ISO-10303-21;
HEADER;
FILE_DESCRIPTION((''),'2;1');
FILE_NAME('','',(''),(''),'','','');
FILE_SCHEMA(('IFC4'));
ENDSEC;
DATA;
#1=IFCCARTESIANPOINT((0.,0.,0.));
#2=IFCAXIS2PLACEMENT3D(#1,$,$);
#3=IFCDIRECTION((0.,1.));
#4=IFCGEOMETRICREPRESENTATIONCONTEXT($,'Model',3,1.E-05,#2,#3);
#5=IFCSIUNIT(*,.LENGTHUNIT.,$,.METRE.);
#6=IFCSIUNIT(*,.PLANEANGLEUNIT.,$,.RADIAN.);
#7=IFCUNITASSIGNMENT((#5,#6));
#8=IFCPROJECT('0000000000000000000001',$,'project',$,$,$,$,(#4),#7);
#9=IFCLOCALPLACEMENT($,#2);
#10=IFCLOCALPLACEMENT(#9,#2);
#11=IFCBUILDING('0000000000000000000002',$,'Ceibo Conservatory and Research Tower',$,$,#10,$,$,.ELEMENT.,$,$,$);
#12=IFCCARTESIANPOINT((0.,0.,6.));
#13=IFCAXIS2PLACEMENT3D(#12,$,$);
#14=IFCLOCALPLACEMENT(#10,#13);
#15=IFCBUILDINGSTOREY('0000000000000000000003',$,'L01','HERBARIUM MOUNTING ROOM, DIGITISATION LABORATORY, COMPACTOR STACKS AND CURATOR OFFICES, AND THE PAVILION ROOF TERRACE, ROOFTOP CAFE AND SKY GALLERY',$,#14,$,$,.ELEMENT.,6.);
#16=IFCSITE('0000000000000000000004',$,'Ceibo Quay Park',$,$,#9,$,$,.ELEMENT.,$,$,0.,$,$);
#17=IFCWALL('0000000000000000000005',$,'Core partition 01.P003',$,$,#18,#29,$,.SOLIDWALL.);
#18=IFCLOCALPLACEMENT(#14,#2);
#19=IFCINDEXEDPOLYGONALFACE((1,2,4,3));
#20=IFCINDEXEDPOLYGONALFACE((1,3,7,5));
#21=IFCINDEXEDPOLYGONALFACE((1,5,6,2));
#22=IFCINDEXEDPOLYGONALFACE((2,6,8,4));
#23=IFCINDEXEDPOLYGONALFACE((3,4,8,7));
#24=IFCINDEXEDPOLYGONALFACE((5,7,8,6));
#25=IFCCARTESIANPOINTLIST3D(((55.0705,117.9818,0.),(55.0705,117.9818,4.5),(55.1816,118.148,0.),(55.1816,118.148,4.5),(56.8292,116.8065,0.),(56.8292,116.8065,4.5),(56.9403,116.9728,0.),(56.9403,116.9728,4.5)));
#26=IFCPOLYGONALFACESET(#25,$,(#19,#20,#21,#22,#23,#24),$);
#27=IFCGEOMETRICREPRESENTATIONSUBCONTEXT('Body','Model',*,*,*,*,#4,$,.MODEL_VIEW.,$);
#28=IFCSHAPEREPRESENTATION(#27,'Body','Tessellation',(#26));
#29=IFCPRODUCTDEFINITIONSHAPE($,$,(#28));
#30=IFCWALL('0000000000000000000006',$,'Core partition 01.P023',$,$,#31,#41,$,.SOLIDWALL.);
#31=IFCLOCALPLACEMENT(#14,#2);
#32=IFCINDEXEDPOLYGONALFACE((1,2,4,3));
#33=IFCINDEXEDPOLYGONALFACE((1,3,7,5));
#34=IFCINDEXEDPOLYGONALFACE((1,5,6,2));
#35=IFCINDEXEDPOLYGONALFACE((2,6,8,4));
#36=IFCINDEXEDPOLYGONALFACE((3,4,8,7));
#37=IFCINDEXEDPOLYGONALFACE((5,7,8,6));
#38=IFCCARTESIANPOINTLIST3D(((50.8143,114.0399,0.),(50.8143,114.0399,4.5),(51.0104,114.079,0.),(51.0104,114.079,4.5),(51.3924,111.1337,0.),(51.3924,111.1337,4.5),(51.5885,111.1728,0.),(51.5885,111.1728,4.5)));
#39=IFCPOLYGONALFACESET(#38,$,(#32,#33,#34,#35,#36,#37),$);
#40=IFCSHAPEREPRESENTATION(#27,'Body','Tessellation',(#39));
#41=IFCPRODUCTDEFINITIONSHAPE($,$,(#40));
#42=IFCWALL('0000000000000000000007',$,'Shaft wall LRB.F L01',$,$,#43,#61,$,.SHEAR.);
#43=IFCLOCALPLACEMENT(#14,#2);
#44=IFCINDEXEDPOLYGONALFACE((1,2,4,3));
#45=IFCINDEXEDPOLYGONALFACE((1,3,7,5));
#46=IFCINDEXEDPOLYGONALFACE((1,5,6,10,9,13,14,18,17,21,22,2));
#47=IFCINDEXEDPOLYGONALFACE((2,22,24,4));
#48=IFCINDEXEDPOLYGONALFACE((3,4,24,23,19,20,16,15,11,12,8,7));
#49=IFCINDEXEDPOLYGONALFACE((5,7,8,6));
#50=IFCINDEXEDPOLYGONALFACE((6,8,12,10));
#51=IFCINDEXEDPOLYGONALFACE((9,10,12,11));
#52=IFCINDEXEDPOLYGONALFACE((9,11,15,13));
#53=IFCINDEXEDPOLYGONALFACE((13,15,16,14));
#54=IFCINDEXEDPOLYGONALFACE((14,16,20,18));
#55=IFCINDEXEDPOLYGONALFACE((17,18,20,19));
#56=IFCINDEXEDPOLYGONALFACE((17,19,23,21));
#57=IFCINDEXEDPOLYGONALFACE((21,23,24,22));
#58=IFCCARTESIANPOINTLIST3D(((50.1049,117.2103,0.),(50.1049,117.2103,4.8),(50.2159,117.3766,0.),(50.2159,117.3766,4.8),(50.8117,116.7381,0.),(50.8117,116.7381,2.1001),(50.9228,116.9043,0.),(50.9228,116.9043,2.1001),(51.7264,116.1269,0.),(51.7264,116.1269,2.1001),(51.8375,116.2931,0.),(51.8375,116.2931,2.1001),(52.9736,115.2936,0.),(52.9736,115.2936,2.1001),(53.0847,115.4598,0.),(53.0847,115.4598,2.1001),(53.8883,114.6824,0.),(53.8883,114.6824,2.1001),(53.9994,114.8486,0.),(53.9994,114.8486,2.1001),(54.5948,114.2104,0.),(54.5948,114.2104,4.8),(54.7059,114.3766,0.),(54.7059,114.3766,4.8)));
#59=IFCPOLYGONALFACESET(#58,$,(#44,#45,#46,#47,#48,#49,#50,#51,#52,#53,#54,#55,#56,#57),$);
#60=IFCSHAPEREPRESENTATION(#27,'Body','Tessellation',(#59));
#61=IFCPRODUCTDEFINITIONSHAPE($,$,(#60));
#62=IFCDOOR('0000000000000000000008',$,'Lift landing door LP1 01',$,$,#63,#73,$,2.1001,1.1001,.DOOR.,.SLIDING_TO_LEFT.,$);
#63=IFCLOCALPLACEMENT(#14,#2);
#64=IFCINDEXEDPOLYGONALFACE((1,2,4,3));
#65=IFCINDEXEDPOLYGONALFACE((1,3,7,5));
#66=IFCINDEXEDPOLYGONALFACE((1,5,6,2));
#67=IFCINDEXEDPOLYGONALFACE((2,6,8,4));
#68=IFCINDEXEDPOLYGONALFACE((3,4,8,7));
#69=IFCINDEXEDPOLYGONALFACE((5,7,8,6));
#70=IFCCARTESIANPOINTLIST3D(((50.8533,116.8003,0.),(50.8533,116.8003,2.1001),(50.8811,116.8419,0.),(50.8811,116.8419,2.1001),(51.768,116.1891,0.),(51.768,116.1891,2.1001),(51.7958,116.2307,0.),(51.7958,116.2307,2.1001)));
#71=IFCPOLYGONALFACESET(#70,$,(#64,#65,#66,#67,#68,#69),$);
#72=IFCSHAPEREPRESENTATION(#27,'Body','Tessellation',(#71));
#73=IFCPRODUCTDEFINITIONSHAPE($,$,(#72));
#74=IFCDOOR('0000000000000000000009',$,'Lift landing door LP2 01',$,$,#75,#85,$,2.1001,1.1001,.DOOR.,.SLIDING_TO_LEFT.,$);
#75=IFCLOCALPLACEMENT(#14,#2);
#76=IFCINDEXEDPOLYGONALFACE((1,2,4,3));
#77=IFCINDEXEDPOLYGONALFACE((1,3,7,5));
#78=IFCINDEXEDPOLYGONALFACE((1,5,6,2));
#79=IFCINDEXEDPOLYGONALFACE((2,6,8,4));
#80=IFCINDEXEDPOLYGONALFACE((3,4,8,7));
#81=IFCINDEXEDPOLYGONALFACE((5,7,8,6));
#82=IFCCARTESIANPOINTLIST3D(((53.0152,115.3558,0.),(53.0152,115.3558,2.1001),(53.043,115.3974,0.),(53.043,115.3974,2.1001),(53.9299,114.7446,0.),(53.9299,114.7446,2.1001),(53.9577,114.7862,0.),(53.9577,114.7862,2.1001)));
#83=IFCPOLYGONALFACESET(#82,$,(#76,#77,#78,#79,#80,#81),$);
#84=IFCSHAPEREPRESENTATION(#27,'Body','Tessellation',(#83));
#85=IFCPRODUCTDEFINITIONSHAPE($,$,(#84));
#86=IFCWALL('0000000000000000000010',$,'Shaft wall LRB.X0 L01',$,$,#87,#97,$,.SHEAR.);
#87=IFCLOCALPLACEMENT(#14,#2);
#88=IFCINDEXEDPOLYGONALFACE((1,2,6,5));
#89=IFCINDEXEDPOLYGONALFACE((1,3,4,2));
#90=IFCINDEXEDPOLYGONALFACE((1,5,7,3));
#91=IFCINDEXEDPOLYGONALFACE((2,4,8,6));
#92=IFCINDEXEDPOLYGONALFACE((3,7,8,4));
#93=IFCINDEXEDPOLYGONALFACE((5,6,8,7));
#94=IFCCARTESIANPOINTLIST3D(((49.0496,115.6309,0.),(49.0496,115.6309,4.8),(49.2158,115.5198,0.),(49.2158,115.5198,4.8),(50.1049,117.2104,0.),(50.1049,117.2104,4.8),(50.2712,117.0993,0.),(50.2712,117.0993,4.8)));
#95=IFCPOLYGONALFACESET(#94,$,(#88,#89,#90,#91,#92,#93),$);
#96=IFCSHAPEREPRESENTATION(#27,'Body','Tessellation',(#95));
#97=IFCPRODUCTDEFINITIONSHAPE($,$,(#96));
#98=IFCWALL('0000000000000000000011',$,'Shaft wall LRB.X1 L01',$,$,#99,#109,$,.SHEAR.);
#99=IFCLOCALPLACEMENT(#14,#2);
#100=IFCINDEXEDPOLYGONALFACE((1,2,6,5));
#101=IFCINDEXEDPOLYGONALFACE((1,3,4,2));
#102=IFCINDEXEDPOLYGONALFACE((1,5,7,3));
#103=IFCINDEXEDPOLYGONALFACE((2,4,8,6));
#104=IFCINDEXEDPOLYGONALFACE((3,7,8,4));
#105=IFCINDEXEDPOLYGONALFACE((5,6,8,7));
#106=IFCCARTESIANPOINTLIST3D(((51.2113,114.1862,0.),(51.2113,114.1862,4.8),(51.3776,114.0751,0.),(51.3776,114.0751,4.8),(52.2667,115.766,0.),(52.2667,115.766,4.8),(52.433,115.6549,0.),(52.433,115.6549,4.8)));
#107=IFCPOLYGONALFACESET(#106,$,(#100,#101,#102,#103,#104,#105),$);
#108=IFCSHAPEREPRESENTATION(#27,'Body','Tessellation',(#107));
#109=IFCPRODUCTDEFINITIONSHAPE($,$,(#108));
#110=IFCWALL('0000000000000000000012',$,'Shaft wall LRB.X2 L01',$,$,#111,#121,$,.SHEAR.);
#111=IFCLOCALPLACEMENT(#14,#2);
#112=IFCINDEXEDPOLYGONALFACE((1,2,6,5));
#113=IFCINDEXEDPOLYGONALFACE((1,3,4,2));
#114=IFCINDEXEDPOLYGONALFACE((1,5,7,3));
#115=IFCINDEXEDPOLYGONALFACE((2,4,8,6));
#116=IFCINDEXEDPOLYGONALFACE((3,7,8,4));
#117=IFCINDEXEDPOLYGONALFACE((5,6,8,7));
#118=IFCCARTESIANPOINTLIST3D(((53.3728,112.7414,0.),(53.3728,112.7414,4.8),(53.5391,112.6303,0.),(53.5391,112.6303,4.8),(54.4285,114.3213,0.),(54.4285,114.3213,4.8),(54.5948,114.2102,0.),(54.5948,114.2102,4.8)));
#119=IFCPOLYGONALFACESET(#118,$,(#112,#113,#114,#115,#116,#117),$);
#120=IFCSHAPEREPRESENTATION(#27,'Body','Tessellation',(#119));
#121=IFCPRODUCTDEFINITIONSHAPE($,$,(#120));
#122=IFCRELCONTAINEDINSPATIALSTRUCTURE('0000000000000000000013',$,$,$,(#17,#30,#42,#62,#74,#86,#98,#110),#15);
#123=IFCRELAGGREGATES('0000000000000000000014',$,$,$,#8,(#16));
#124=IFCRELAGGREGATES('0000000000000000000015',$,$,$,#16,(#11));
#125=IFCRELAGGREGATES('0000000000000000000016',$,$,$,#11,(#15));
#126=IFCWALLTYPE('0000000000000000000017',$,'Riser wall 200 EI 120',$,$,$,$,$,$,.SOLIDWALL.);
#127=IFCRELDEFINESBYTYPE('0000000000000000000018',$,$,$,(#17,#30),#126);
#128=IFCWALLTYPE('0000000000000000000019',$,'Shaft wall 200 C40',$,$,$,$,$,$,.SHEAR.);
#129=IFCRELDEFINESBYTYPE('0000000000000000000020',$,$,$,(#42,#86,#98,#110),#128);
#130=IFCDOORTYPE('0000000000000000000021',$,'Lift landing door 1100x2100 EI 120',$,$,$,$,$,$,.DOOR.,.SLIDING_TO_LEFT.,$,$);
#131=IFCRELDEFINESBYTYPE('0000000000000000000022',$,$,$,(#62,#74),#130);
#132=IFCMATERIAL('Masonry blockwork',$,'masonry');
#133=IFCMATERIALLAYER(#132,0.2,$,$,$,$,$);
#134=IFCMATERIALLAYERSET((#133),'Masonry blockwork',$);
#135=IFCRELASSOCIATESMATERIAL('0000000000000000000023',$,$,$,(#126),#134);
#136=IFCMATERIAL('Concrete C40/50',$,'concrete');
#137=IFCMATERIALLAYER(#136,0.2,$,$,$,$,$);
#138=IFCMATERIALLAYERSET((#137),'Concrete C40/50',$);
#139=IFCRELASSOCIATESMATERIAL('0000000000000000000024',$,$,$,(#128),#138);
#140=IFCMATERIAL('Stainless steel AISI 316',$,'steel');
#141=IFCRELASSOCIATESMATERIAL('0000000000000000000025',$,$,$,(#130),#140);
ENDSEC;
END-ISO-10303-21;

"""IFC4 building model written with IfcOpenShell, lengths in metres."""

from ifc_helpers import new_model, si_unit, direction, frame, frame_2d, origin, place, context, subcontext, project, spatial, rectangle, extrude, material, layer, layer_set, type_object, element, fill, save


model = new_model("IFC4")

# Units and contexts
model_context = context("Model", 3, precision=1e-05, world=origin(), true_north=direction((0.0, 1.0)))
body_context = subcontext(model_context, "Body", "Model", "MODEL_VIEW")
ifc_project = project(units=[si_unit("LENGTHUNIT", "METRE"), si_unit("PLANEANGLEUNIT", "RADIAN")], contexts=[model_context])

# Site, building, storey
site_placement = place(None, origin())
site = spatial("IfcSite", under=ifc_project, at=site_placement, Name="Ceibo Quay Park", CompositionType="ELEMENT", RefElevation=0.0)
building_placement = place(site_placement, origin())
building = spatial("IfcBuilding", under=site, at=building_placement, Name="Ceibo Conservatory and Research Tower", CompositionType="ELEMENT")
storey_placement = place(building_placement, frame((0.0, 0.0, 6.0)))
storey = spatial("IfcBuildingStorey", under=building, at=storey_placement, Name="L01", Description="HERBARIUM MOUNTING ROOM, DIGITISATION LABORATORY, COMPACTOR STACKS AND CURATOR OFFICES, AND THE PAVILION ROOF TERRACE, ROOFTOP CAFE AND SKY GALLERY", CompositionType="ELEMENT", Elevation=6.0)

# Shared definitions
ifc_material_1 = material(Name="Concrete C40/50", Category="concrete")

# Walls
ifc_material_2 = material(Name="Masonry blockwork", Category="masonry")
ifc_layer_1 = layer(ifc_material_2, 0.2)
ifc_layer_set_1 = layer_set([ifc_layer_1], Name="Masonry blockwork")
wall_type_1 = type_object("IfcWallType", Name="Riser wall 200 EI 120", PredefinedType="SOLIDWALL", material=ifc_layer_set_1)
wall_1_placement = place(storey_placement, frame((56.8848, 116.8896, 0.0), z_axis=(0.0, 0.0, 1.0), x_axis=(-0.831446, 0.555605, 0.0)))
element("IfcWall", 1, at=wall_1_placement, inside=storey, type_object=wall_type_1, Name="Core partition 01.P003", PredefinedType="SOLIDWALL", context=body_context, shape_type="SweptSolid", body=[
    extrude(rectangle(XDim=2.1152, YDim=0.2, at=frame_2d((1.0576, 0.0))), origin(), (0.0, 0.0, 1.0), 4.5),
])
wall_2_placement = place(storey_placement, frame((50.9124, 114.0593, 0.0), z_axis=(0.0, 0.0, 1.0), x_axis=(0.195102, -0.980783, 0.0)))
element("IfcWall", 2, at=wall_2_placement, inside=storey, type_object=wall_type_1, Name="Core partition 01.P023", PredefinedType="SOLIDWALL", context=body_context, shape_type="SweptSolid", body=[
    extrude(rectangle(XDim=2.9631, YDim=0.2, at=frame_2d((1.4814, 0.0))), origin(), (0.0, 0.0, 1.0), 4.5),
])

# Wall, openings, doors
ifc_layer_2 = layer(ifc_material_1, 0.2)
ifc_layer_set_2 = layer_set([ifc_layer_2], Name="Concrete C40/50")
wall_type_2 = type_object("IfcWallType", Name="Shaft wall 200 C40", PredefinedType="SHEAR", material=ifc_layer_set_2)
wall_3_placement = place(storey_placement, frame((50.1604, 117.2935, 0.0), z_axis=(0.0, 0.0, 1.0), x_axis=(0.831479, -0.555555, 0.0)))
wall_3 = element("IfcWall", 3, at=wall_3_placement, inside=storey, type_object=wall_type_2, Name="Shaft wall LRB.F L01", PredefinedType="SHEAR", context=body_context, shape_type="SweptSolid", body=[
    extrude(rectangle(XDim=5.3999, YDim=0.2, at=frame_2d((2.7, 0.0))), origin(), (0.0, 0.0, 1.0), 4.8),
])
opening_1_placement = place(wall_3_placement, frame((0.8501, 0.0, 0.0)))
opening_1 = element("IfcOpeningElement", 4, at=opening_1_placement, cuts=wall_3, PredefinedType="OPENING", context=body_context, shape_type="SweptSolid", body=[
    extrude(rectangle(XDim=1.1001, YDim=2.1001, at=frame_2d((0.55, 1.05))), frame((0.0, 0.1099, 0.0), z_axis=(0.0, -1.0, 0.0), x_axis=(1.0, 0.0, 0.0)), (0.0, 0.0, 1.0), 0.22),
])
opening_2_placement = place(wall_3_placement, frame((3.4502, 0.0, 0.0)))
opening_2 = element("IfcOpeningElement", 5, at=opening_2_placement, cuts=wall_3, PredefinedType="OPENING", context=body_context, shape_type="SweptSolid", body=[
    extrude(rectangle(XDim=1.1001, YDim=2.1001, at=frame_2d((0.55, 1.05))), frame((0.0, 0.1099, 0.0), z_axis=(0.0, -1.0, 0.0), x_axis=(1.0, 0.0, 0.0)), (0.0, 0.0, 1.0), 0.22),
])
ifc_material_3 = material(Name="Stainless steel AISI 316", Category="steel")
door_type_1 = type_object("IfcDoorType", Name="Lift landing door 1100x2100 EI 120", OperationType="SLIDING_TO_LEFT", PredefinedType="DOOR", material=ifc_material_3)
door_1_placement = place(opening_1_placement, origin())
door_1 = element("IfcDoor", 6, at=door_1_placement, inside=storey, type_object=door_type_1, Name="Lift landing door LP1 01", OperationType="SLIDING_TO_LEFT", OverallHeight=2.1001, OverallWidth=1.1001, PredefinedType="DOOR", context=body_context, shape_type="SweptSolid", body=[
    extrude(rectangle(XDim=1.1001, YDim=2.1001, at=frame_2d((0.55, 1.05))), frame((0.0, 0.0249, 0.0), z_axis=(0.0, -1.0, 0.0), x_axis=(1.0, 0.0, 0.0)), (0.0, 0.0, 1.0), 0.05),
])
fill(opening_1, door_1)
door_2_placement = place(opening_2_placement, origin())
door_2 = element("IfcDoor", 7, at=door_2_placement, inside=storey, type_object=door_type_1, Name="Lift landing door LP2 01", OperationType="SLIDING_TO_LEFT", OverallHeight=2.1001, OverallWidth=1.1001, PredefinedType="DOOR", context=body_context, shape_type="SweptSolid", body=[
    extrude(rectangle(XDim=1.1001, YDim=2.1001, at=frame_2d((0.55, 1.05))), frame((0.0, 0.0249, 0.0), z_axis=(0.0, -1.0, 0.0), x_axis=(1.0, 0.0, 0.0)), (0.0, 0.0, 1.0), 0.05),
])
fill(opening_2, door_2)

# Walls
wall_4_placement = place(storey_placement, frame((50.188, 117.1548, 0.0), z_axis=(0.0, 0.0, 1.0), x_axis=(-0.55556, -0.831476, 0.0)))
element("IfcWall", 8, at=wall_4_placement, inside=storey, type_object=wall_type_2, Name="Shaft wall LRB.X0 L01", PredefinedType="SHEAR", context=body_context, shape_type="SweptSolid", body=[
    extrude(rectangle(XDim=1.8997, YDim=0.2, at=frame_2d((0.9497, 0.0))), origin(), (0.0, 0.0, 1.0), 4.8),
])
wall_5_placement = place(storey_placement, frame((52.3499, 115.7104, 0.0), z_axis=(0.0, 0.0, 1.0), x_axis=(-0.555501, -0.831516, 0.0)))
element("IfcWall", 9, at=wall_5_placement, inside=storey, type_object=wall_type_2, Name="Shaft wall LRB.X1 L01", PredefinedType="SHEAR", context=body_context, shape_type="SweptSolid", body=[
    extrude(rectangle(XDim=1.8999, YDim=0.2, at=frame_2d((0.95, 0.0))), origin(), (0.0, 0.0, 1.0), 4.8),
])
wall_6_placement = place(storey_placement, frame((54.5117, 114.2659, 0.0), z_axis=(0.0, 0.0, 1.0), x_axis=(-0.555589, -0.831457, 0.0)))
element("IfcWall", 10, at=wall_6_placement, inside=storey, type_object=wall_type_2, Name="Shaft wall LRB.X2 L01", PredefinedType="SHEAR", context=body_context, shape_type="SweptSolid", body=[
    extrude(rectangle(XDim=1.9001, YDim=0.2, at=frame_2d((0.9502, 0.0))), origin(), (0.0, 0.0, 1.0), 4.8),
])

save(model, "model.ifc")
